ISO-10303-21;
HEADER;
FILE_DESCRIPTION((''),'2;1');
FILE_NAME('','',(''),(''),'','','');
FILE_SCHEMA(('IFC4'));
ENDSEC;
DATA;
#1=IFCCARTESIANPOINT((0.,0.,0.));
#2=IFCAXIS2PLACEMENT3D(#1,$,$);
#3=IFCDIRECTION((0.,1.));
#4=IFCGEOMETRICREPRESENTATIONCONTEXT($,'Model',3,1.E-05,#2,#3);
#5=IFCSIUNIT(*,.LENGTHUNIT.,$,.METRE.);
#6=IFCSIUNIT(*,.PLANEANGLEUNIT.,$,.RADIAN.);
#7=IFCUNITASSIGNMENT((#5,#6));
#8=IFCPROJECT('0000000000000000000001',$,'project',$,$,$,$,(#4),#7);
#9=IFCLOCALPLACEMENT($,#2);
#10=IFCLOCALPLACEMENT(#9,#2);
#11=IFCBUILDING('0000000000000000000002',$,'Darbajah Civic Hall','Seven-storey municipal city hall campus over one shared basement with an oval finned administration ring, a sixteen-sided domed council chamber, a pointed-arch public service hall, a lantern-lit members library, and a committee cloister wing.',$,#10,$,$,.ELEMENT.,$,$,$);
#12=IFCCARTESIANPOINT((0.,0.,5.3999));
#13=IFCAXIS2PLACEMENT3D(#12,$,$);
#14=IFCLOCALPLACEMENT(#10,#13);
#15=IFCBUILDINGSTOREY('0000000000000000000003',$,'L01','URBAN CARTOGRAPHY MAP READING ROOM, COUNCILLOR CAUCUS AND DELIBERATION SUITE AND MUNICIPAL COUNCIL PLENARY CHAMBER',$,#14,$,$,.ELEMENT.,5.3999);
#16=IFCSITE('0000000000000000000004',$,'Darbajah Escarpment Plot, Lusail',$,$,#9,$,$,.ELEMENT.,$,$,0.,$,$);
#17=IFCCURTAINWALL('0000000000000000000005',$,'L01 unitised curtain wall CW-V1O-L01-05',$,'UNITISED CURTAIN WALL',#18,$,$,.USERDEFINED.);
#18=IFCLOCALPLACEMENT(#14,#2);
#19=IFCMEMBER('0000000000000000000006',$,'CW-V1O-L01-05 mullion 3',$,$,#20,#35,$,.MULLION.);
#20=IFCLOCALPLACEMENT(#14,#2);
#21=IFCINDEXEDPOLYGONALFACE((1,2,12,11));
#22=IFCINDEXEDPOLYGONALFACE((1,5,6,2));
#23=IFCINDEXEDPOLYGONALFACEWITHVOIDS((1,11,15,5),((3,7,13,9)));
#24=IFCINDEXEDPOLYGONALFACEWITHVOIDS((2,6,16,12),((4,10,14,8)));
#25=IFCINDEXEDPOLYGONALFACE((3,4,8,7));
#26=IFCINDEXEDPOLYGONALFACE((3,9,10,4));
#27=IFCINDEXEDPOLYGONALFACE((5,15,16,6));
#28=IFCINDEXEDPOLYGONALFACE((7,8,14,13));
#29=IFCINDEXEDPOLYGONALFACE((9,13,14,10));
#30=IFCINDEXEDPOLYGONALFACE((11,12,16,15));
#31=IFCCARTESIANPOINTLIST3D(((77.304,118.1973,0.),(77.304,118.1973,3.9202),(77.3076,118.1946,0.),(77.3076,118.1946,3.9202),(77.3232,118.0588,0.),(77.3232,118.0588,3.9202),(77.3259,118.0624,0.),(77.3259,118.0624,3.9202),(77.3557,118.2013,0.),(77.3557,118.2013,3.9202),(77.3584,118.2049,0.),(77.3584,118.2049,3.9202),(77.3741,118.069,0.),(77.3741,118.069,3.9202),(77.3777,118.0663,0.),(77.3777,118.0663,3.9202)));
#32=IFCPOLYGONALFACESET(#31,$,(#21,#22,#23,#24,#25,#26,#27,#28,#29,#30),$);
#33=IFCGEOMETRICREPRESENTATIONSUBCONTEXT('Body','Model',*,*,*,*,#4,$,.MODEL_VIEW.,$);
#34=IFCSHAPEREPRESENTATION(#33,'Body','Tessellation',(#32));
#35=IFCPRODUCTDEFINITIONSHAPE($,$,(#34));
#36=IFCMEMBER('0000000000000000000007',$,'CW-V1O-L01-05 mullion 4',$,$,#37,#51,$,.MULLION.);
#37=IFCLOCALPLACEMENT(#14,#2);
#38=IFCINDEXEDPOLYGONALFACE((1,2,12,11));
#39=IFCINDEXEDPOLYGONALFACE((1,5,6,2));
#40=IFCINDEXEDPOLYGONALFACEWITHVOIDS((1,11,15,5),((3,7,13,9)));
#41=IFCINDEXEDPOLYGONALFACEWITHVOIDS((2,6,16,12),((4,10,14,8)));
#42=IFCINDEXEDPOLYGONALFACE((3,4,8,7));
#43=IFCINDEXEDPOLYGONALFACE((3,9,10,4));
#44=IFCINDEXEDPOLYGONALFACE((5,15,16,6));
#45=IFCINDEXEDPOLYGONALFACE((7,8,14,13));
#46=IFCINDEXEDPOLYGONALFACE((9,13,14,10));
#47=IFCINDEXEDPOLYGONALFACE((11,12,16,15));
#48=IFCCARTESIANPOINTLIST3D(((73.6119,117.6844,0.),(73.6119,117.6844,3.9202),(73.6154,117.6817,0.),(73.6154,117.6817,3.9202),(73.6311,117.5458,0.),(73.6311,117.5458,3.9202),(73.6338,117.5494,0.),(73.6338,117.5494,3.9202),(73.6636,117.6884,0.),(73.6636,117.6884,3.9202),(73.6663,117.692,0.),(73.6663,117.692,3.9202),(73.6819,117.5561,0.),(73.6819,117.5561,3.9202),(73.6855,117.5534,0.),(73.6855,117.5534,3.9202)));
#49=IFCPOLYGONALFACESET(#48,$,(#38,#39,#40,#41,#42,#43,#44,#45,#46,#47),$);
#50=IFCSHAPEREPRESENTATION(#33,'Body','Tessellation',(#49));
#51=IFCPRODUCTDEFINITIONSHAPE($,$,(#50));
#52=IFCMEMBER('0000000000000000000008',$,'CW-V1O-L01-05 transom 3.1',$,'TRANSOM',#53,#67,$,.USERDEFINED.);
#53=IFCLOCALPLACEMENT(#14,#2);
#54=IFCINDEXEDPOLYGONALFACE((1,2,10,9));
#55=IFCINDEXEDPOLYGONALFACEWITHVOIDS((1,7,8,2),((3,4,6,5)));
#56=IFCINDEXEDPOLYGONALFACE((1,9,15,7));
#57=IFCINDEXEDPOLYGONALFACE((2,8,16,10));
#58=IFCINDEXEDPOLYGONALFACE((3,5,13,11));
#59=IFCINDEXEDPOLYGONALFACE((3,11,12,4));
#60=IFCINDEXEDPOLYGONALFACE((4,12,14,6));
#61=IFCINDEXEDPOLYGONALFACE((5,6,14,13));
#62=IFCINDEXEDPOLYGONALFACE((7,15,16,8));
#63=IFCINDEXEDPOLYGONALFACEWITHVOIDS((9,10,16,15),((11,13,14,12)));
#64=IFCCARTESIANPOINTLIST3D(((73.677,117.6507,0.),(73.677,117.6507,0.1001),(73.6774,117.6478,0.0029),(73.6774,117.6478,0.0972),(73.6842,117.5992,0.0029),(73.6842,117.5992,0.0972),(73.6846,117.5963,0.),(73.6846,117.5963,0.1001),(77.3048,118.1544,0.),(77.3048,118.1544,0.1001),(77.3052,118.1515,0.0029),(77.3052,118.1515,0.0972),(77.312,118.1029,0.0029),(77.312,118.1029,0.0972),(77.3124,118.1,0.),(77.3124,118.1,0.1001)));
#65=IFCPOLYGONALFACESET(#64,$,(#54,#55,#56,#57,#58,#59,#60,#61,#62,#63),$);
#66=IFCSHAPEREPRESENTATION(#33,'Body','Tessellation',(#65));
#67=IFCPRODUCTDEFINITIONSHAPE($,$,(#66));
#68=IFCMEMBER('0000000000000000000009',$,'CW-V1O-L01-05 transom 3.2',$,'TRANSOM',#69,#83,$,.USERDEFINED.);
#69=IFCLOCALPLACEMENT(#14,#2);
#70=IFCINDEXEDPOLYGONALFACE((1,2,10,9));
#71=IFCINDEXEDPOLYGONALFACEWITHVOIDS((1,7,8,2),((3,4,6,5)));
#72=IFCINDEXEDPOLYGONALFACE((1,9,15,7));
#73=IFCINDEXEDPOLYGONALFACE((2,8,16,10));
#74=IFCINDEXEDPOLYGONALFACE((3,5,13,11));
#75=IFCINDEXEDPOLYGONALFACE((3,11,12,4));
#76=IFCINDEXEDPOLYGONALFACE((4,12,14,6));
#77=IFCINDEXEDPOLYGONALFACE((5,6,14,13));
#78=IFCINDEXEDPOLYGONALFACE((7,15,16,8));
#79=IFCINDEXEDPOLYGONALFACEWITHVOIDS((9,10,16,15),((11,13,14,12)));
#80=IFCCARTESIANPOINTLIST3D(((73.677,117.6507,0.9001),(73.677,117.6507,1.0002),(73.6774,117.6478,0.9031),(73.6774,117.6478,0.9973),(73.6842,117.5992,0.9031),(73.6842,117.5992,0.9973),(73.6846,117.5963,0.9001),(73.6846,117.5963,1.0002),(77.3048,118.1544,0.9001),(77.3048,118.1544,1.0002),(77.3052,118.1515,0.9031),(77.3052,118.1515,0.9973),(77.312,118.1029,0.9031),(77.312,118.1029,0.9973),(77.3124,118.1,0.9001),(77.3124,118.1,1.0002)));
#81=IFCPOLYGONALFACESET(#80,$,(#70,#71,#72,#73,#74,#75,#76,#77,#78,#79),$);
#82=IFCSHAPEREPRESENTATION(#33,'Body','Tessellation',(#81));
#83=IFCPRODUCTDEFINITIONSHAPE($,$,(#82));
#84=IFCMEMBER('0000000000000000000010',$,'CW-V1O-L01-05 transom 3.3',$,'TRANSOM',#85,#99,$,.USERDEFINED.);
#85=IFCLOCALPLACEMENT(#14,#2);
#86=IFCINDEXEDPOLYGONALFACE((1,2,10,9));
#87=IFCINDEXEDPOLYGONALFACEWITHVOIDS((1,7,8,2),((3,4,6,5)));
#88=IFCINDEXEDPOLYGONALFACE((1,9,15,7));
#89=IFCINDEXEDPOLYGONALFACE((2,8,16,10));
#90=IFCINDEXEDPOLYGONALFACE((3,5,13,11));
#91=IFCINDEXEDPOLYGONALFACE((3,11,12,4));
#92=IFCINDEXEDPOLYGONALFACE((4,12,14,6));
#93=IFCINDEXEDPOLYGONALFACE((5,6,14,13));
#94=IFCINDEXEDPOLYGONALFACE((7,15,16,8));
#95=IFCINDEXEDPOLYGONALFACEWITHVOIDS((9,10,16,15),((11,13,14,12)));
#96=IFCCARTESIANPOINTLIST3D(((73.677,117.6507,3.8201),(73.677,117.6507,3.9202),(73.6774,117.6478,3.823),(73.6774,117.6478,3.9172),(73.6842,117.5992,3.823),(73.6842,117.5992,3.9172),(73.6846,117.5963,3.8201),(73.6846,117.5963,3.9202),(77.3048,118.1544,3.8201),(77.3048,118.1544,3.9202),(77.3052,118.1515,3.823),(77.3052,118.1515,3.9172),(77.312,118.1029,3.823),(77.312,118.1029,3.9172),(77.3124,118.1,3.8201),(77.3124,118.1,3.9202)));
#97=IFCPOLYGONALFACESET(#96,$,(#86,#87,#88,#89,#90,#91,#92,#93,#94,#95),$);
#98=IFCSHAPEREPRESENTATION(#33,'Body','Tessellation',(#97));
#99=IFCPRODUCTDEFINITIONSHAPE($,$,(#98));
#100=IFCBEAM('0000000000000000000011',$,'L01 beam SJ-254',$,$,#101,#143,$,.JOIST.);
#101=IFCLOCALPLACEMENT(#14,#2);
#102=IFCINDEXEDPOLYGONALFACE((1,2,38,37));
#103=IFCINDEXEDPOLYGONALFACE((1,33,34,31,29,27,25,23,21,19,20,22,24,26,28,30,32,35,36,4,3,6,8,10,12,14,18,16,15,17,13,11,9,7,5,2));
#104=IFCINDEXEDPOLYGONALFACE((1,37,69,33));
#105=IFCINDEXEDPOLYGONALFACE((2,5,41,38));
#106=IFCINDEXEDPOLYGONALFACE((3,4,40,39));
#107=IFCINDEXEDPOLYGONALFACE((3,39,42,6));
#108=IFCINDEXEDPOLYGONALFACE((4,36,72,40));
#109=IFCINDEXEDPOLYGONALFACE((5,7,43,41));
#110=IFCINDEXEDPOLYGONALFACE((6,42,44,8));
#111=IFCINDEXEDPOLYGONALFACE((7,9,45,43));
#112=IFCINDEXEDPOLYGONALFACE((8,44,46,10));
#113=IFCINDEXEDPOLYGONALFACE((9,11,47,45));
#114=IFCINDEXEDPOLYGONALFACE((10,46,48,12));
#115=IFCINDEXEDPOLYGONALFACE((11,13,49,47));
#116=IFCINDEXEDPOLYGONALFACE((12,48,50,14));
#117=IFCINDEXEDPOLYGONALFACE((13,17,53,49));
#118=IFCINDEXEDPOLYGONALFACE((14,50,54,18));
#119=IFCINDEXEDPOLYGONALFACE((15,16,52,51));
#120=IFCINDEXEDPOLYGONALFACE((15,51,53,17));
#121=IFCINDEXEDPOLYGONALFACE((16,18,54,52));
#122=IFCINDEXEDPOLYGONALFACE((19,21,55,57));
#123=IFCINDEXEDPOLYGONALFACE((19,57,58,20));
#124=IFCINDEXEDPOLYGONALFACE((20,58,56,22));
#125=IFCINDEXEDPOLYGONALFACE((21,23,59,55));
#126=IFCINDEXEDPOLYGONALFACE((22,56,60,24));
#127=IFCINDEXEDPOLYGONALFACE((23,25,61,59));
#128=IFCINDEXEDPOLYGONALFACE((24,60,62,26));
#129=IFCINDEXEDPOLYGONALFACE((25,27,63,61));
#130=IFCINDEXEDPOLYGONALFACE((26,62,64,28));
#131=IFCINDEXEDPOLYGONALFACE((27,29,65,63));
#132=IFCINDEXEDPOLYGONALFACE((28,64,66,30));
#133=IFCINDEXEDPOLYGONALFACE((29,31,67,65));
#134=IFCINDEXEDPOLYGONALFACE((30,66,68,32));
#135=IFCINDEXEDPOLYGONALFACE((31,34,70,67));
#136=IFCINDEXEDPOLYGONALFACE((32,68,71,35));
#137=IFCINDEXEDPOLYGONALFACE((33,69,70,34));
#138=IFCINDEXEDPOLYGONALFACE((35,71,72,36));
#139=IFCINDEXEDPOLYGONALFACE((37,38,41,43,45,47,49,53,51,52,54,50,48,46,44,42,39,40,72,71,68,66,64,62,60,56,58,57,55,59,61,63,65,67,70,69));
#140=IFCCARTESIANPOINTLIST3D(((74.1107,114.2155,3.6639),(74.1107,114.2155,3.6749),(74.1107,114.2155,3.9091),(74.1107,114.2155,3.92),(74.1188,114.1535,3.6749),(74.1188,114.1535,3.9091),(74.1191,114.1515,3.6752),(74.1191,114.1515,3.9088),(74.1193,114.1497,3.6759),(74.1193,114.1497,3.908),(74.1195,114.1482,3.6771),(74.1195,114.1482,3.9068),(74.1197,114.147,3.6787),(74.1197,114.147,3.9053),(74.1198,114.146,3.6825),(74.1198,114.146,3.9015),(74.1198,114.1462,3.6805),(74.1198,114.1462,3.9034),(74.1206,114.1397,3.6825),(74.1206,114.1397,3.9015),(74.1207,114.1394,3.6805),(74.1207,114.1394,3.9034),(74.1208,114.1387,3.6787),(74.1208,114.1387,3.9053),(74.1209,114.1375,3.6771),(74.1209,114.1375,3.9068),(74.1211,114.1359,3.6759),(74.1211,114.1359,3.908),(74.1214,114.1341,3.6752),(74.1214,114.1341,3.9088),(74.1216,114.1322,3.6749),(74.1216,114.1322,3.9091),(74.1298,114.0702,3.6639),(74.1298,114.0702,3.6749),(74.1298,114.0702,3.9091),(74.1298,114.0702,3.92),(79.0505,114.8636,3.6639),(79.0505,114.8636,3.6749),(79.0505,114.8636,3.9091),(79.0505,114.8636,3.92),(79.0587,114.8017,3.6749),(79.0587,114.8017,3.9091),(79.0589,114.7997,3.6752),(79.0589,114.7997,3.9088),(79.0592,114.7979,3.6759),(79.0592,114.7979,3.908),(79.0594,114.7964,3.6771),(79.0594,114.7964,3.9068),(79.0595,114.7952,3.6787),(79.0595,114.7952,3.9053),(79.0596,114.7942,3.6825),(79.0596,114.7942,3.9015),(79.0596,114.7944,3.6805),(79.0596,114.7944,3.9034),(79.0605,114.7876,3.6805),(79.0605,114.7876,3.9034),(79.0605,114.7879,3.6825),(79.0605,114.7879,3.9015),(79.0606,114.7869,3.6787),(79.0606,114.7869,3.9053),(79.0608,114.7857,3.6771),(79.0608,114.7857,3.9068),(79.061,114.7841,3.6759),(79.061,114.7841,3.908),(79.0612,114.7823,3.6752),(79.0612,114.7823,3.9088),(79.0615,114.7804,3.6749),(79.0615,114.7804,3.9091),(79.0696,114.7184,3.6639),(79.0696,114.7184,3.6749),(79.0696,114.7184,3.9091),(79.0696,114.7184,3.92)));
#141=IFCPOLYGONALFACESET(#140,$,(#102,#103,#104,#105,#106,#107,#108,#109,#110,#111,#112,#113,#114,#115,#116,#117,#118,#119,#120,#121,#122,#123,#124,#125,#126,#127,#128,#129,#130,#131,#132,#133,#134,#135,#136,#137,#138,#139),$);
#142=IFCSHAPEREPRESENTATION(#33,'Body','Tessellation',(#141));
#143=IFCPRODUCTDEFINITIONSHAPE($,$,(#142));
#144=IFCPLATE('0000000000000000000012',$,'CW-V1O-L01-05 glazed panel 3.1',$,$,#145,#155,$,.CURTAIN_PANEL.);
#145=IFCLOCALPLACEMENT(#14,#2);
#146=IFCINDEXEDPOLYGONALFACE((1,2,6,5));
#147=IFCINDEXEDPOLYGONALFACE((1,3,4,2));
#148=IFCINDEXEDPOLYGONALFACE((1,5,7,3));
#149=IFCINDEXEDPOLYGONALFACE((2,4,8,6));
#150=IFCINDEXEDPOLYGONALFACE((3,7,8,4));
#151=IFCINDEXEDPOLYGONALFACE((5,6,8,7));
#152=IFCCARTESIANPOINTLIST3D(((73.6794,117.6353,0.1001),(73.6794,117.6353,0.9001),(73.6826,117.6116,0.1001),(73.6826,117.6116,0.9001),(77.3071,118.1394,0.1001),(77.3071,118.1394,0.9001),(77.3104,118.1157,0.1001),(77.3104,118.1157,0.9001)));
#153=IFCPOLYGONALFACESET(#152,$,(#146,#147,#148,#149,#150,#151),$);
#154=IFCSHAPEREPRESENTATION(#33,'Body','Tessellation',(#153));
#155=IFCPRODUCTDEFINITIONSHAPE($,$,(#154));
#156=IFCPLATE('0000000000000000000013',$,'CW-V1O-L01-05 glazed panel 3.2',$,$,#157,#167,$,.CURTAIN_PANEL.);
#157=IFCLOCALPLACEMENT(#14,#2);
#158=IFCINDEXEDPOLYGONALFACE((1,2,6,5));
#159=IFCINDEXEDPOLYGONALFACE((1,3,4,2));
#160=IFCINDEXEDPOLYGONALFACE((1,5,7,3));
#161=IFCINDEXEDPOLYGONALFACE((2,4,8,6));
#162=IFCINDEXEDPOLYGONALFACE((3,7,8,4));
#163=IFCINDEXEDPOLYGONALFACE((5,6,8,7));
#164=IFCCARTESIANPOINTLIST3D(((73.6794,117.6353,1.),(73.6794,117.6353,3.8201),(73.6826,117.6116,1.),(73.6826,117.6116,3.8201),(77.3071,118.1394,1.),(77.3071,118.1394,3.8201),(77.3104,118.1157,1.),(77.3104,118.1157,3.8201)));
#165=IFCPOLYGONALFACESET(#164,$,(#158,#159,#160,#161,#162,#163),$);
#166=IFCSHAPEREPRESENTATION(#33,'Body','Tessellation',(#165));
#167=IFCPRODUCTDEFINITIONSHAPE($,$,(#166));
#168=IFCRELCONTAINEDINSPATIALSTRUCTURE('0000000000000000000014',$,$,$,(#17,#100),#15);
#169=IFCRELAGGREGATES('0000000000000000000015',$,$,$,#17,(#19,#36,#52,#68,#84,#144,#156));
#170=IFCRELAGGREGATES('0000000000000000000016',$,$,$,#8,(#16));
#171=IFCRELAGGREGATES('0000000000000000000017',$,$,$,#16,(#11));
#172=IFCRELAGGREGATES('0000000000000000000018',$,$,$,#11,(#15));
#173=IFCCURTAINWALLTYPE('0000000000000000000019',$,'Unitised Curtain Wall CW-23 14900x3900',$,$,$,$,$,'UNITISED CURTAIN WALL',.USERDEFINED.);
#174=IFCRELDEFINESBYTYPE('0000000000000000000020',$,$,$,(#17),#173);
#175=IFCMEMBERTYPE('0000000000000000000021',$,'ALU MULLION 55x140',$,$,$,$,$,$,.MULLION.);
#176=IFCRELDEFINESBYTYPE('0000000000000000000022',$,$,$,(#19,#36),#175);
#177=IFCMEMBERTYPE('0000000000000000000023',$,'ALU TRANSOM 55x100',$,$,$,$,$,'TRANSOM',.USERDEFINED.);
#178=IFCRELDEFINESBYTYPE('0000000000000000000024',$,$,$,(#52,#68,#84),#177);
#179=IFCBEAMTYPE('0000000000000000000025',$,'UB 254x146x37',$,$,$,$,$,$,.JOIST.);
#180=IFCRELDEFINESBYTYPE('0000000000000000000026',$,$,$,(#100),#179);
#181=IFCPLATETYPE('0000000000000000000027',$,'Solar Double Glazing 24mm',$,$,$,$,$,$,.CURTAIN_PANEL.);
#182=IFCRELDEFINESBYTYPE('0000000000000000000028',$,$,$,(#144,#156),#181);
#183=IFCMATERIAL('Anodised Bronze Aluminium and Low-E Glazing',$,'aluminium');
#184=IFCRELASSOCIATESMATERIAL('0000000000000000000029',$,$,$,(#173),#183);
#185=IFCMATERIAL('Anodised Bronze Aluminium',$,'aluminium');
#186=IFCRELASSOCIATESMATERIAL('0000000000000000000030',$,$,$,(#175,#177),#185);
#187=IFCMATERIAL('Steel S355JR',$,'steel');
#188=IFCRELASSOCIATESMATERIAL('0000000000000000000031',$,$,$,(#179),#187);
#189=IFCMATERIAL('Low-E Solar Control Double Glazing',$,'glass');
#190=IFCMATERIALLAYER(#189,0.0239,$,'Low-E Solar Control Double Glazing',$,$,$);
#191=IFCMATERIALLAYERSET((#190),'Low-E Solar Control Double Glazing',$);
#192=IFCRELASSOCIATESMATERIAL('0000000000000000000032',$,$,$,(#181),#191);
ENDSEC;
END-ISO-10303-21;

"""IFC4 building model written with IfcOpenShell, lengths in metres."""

from ifc_helpers import new_model, si_unit, direction, frame, origin, origin_2d, place, context, subcontext, project, spatial, rectangle, hollow_rectangle, i_section, extrude, material, layer, layer_set, material_profile, profile_set, type_object, element, aggregate, save


model = new_model("IFC4")

# Units and contexts
model_context = context("Model", 3, precision=1e-05, world=origin(), true_north=direction((0.0, 1.0)))
body_context = subcontext(model_context, "Body", "Model", "MODEL_VIEW")
ifc_project = project(units=[si_unit("LENGTHUNIT", "METRE"), si_unit("PLANEANGLEUNIT", "RADIAN")], contexts=[model_context])

# Site, building, storey
site_placement = place(None, origin())
site = spatial("IfcSite", under=ifc_project, at=site_placement, Name="Darbajah Escarpment Plot, Lusail", CompositionType="ELEMENT", RefElevation=0.0)
building_placement = place(site_placement, origin())
building = spatial("IfcBuilding", under=site, at=building_placement, Name="Darbajah Civic Hall", Description="Seven-storey municipal city hall campus over one shared basement with an oval finned administration ring, a sixteen-sided domed council chamber, a pointed-arch public service hall, a lantern-lit members library, and a committee cloister wing.", CompositionType="ELEMENT")
storey_placement = place(building_placement, frame((0.0, 0.0, 5.3999)))
storey = spatial("IfcBuildingStorey", under=building, at=storey_placement, Name="L01", Description="URBAN CARTOGRAPHY MAP READING ROOM, COUNCILLOR CAUCUS AND DELIBERATION SUITE AND MUNICIPAL COUNCIL PLENARY CHAMBER", CompositionType="ELEMENT", Elevation=5.3999)

# Curtain wall, members
ifc_material_1 = material(Name="Anodised Bronze Aluminium and Low-E Glazing", Category="aluminium")
curtain_wall_type = type_object("IfcCurtainWallType", Name="Unitised Curtain Wall CW-23 14900x3900", ElementType="UNITISED CURTAIN WALL", PredefinedType="USERDEFINED", material=ifc_material_1)
curtain_wall_placement = place(storey_placement, origin())
curtain_wall = element("IfcCurtainWall", 1, at=curtain_wall_placement, inside=storey, type_object=curtain_wall_type, Name="L01 unitised curtain wall CW-V1O-L01-05", ObjectType="UNITISED CURTAIN WALL", PredefinedType="USERDEFINED")
ifc_material_2 = material(Name="Anodised Bronze Aluminium", Category="aluminium")
ifc_material_profile_1 = material_profile(ifc_material_2, hollow_rectangle(XDim=0.0549, YDim=0.1399, WallThickness=0.0032, at=origin_2d()), Name="ALU MULLION 55x140")
ifc_profile_set_1 = profile_set([ifc_material_profile_1], Name="Anodised Bronze Aluminium")
member_type_1 = type_object("IfcMemberType", Name="ALU MULLION 55x140", PredefinedType="MULLION", material=ifc_profile_set_1)
member_1_placement = place(storey_placement, frame((77.3408, 118.1318, 0.0), z_axis=(0.0, 0.0, 1.0), x_axis=(-0.990485, -0.137617, 0.0)))
member_1 = element("IfcMember", 2, at=member_1_placement, type_object=member_type_1, Name="CW-V1O-L01-05 mullion 3", PredefinedType="MULLION", context=body_context, shape_type="SweptSolid", body=[
    extrude(hollow_rectangle(XDim=0.0549, YDim=0.1399, WallThickness=0.0032, at=origin_2d()), origin(), (0.0, 0.0, 1.0), 3.9202),
])
member_2_placement = place(storey_placement, frame((73.6487, 117.6189, 0.0), z_axis=(0.0, 0.0, 1.0), x_axis=(-0.990485, -0.137617, 0.0)))
member_2 = element("IfcMember", 3, at=member_2_placement, type_object=member_type_1, Name="CW-V1O-L01-05 mullion 4", PredefinedType="MULLION", context=body_context, shape_type="SweptSolid", body=[
    extrude(hollow_rectangle(XDim=0.0549, YDim=0.1399, WallThickness=0.0032, at=origin_2d()), origin(), (0.0, 0.0, 1.0), 3.9202),
])
ifc_material_profile_2 = material_profile(ifc_material_2, hollow_rectangle(XDim=0.0549, YDim=0.1001, WallThickness=0.0029, at=origin_2d()), Name="ALU TRANSOM 55x100")
ifc_profile_set_2 = profile_set([ifc_material_profile_2], Name="Anodised Bronze Aluminium")
member_type_2 = type_object("IfcMemberType", Name="ALU TRANSOM 55x100", ElementType="TRANSOM", PredefinedType="USERDEFINED", material=ifc_profile_set_2)
member_3_placement = place(storey_placement, frame((77.3086, 118.1272, 0.05), z_axis=(-0.990499, -0.137519, 0.0), x_axis=(0.137519, -0.990499, 0.0)))
member_3 = element("IfcMember", 4, at=member_3_placement, type_object=member_type_2, Name="CW-V1O-L01-05 transom 3.1", ObjectType="TRANSOM", PredefinedType="USERDEFINED", context=body_context, shape_type="SweptSolid", body=[
    extrude(hollow_rectangle(XDim=0.0549, YDim=0.1001, WallThickness=0.0029, at=origin_2d()), origin(), (0.0, 0.0, 1.0), 3.6626),
])
member_4_placement = place(storey_placement, frame((77.3086, 118.1272, 0.9502), z_axis=(-0.990499, -0.137519, 0.0), x_axis=(0.137519, -0.990499, 0.0)))
member_4 = element("IfcMember", 5, at=member_4_placement, type_object=member_type_2, Name="CW-V1O-L01-05 transom 3.2", ObjectType="TRANSOM", PredefinedType="USERDEFINED", context=body_context, shape_type="SweptSolid", body=[
    extrude(hollow_rectangle(XDim=0.0549, YDim=0.1001, WallThickness=0.0029, at=origin_2d()), origin(), (0.0, 0.0, 1.0), 3.6626),
])
member_5_placement = place(storey_placement, frame((77.3086, 118.1272, 3.8701), z_axis=(-0.990499, -0.137519, 0.0), x_axis=(0.137519, -0.990499, 0.0)))
member_5 = element("IfcMember", 6, at=member_5_placement, type_object=member_type_2, Name="CW-V1O-L01-05 transom 3.3", ObjectType="TRANSOM", PredefinedType="USERDEFINED", context=body_context, shape_type="SweptSolid", body=[
    extrude(hollow_rectangle(XDim=0.0549, YDim=0.1001, WallThickness=0.0029, at=origin_2d()), origin(), (0.0, 0.0, 1.0), 3.6626),
])

# Beam
ifc_material_3 = material(Name="Steel S355JR", Category="steel")
ifc_material_profile_3 = material_profile(ifc_material_3, i_section(OverallWidth=0.1465, OverallDepth=0.2561, WebThickness=0.0063, FlangeThickness=0.011, FilletRadius=0.0076, at=origin_2d()), Name="UB 254x146x37")
ifc_profile_set_3 = profile_set([ifc_material_profile_3], Name="Steel S355JR")
beam_type = type_object("IfcBeamType", Name="UB 254x146x37", PredefinedType="JOIST", material=ifc_profile_set_3)
beam_placement = place(storey_placement, frame((79.0601, 114.791, 3.792), z_axis=(-0.991501, -0.1301, 0.0), x_axis=(0.1301, -0.991501, 0.0)))
element("IfcBeam", 7, at=beam_placement, inside=storey, type_object=beam_type, Name="L01 beam SJ-254", PredefinedType="JOIST", context=body_context, shape_type="SweptSolid", body=[
    extrude(i_section(OverallWidth=0.1465, OverallDepth=0.2561, WebThickness=0.0063, FlangeThickness=0.011, FilletRadius=0.0076, at=origin_2d()), origin(), (0.0, 0.0, 1.0), 4.9822),
])

# Plates
ifc_material_4 = material(Name="Low-E Solar Control Double Glazing", Category="glass")
ifc_layer_1 = layer(ifc_material_4, 0.0239, Name="Low-E Solar Control Double Glazing")
ifc_layer_set_1 = layer_set([ifc_layer_1], Name="Low-E Solar Control Double Glazing")
plate_type = type_object("IfcPlateType", Name="Solar Double Glazing 24mm", PredefinedType="CURTAIN_PANEL", material=ifc_layer_set_1)
plate_1_placement = place(storey_placement, frame((75.4949, 117.8755, 0.1001), z_axis=(0.0, 0.0, 1.0), x_axis=(-0.990485, -0.137617, 0.0)))
plate_1 = element("IfcPlate", 8, at=plate_1_placement, type_object=plate_type, Name="CW-V1O-L01-05 glazed panel 3.1", PredefinedType="CURTAIN_PANEL", context=body_context, shape_type="SweptSolid", body=[
    extrude(rectangle(XDim=3.6626, YDim=0.0239, at=origin_2d()), origin(), (0.0, 0.0, 1.0), 0.8),
])
plate_2_placement = place(storey_placement, frame((75.4949, 117.8755, 1.0), z_axis=(0.0, 0.0, 1.0), x_axis=(-0.990485, -0.137617, 0.0)))
plate_2 = element("IfcPlate", 9, at=plate_2_placement, type_object=plate_type, Name="CW-V1O-L01-05 glazed panel 3.2", PredefinedType="CURTAIN_PANEL", context=body_context, shape_type="SweptSolid", body=[
    extrude(rectangle(XDim=3.6626, YDim=0.0239, at=origin_2d()), origin(), (0.0, 0.0, 1.0), 2.8201),
])
aggregate(curtain_wall, [member_1, member_2, member_3, member_4, member_5, plate_1, plate_2])

save(model, "model.ifc")
